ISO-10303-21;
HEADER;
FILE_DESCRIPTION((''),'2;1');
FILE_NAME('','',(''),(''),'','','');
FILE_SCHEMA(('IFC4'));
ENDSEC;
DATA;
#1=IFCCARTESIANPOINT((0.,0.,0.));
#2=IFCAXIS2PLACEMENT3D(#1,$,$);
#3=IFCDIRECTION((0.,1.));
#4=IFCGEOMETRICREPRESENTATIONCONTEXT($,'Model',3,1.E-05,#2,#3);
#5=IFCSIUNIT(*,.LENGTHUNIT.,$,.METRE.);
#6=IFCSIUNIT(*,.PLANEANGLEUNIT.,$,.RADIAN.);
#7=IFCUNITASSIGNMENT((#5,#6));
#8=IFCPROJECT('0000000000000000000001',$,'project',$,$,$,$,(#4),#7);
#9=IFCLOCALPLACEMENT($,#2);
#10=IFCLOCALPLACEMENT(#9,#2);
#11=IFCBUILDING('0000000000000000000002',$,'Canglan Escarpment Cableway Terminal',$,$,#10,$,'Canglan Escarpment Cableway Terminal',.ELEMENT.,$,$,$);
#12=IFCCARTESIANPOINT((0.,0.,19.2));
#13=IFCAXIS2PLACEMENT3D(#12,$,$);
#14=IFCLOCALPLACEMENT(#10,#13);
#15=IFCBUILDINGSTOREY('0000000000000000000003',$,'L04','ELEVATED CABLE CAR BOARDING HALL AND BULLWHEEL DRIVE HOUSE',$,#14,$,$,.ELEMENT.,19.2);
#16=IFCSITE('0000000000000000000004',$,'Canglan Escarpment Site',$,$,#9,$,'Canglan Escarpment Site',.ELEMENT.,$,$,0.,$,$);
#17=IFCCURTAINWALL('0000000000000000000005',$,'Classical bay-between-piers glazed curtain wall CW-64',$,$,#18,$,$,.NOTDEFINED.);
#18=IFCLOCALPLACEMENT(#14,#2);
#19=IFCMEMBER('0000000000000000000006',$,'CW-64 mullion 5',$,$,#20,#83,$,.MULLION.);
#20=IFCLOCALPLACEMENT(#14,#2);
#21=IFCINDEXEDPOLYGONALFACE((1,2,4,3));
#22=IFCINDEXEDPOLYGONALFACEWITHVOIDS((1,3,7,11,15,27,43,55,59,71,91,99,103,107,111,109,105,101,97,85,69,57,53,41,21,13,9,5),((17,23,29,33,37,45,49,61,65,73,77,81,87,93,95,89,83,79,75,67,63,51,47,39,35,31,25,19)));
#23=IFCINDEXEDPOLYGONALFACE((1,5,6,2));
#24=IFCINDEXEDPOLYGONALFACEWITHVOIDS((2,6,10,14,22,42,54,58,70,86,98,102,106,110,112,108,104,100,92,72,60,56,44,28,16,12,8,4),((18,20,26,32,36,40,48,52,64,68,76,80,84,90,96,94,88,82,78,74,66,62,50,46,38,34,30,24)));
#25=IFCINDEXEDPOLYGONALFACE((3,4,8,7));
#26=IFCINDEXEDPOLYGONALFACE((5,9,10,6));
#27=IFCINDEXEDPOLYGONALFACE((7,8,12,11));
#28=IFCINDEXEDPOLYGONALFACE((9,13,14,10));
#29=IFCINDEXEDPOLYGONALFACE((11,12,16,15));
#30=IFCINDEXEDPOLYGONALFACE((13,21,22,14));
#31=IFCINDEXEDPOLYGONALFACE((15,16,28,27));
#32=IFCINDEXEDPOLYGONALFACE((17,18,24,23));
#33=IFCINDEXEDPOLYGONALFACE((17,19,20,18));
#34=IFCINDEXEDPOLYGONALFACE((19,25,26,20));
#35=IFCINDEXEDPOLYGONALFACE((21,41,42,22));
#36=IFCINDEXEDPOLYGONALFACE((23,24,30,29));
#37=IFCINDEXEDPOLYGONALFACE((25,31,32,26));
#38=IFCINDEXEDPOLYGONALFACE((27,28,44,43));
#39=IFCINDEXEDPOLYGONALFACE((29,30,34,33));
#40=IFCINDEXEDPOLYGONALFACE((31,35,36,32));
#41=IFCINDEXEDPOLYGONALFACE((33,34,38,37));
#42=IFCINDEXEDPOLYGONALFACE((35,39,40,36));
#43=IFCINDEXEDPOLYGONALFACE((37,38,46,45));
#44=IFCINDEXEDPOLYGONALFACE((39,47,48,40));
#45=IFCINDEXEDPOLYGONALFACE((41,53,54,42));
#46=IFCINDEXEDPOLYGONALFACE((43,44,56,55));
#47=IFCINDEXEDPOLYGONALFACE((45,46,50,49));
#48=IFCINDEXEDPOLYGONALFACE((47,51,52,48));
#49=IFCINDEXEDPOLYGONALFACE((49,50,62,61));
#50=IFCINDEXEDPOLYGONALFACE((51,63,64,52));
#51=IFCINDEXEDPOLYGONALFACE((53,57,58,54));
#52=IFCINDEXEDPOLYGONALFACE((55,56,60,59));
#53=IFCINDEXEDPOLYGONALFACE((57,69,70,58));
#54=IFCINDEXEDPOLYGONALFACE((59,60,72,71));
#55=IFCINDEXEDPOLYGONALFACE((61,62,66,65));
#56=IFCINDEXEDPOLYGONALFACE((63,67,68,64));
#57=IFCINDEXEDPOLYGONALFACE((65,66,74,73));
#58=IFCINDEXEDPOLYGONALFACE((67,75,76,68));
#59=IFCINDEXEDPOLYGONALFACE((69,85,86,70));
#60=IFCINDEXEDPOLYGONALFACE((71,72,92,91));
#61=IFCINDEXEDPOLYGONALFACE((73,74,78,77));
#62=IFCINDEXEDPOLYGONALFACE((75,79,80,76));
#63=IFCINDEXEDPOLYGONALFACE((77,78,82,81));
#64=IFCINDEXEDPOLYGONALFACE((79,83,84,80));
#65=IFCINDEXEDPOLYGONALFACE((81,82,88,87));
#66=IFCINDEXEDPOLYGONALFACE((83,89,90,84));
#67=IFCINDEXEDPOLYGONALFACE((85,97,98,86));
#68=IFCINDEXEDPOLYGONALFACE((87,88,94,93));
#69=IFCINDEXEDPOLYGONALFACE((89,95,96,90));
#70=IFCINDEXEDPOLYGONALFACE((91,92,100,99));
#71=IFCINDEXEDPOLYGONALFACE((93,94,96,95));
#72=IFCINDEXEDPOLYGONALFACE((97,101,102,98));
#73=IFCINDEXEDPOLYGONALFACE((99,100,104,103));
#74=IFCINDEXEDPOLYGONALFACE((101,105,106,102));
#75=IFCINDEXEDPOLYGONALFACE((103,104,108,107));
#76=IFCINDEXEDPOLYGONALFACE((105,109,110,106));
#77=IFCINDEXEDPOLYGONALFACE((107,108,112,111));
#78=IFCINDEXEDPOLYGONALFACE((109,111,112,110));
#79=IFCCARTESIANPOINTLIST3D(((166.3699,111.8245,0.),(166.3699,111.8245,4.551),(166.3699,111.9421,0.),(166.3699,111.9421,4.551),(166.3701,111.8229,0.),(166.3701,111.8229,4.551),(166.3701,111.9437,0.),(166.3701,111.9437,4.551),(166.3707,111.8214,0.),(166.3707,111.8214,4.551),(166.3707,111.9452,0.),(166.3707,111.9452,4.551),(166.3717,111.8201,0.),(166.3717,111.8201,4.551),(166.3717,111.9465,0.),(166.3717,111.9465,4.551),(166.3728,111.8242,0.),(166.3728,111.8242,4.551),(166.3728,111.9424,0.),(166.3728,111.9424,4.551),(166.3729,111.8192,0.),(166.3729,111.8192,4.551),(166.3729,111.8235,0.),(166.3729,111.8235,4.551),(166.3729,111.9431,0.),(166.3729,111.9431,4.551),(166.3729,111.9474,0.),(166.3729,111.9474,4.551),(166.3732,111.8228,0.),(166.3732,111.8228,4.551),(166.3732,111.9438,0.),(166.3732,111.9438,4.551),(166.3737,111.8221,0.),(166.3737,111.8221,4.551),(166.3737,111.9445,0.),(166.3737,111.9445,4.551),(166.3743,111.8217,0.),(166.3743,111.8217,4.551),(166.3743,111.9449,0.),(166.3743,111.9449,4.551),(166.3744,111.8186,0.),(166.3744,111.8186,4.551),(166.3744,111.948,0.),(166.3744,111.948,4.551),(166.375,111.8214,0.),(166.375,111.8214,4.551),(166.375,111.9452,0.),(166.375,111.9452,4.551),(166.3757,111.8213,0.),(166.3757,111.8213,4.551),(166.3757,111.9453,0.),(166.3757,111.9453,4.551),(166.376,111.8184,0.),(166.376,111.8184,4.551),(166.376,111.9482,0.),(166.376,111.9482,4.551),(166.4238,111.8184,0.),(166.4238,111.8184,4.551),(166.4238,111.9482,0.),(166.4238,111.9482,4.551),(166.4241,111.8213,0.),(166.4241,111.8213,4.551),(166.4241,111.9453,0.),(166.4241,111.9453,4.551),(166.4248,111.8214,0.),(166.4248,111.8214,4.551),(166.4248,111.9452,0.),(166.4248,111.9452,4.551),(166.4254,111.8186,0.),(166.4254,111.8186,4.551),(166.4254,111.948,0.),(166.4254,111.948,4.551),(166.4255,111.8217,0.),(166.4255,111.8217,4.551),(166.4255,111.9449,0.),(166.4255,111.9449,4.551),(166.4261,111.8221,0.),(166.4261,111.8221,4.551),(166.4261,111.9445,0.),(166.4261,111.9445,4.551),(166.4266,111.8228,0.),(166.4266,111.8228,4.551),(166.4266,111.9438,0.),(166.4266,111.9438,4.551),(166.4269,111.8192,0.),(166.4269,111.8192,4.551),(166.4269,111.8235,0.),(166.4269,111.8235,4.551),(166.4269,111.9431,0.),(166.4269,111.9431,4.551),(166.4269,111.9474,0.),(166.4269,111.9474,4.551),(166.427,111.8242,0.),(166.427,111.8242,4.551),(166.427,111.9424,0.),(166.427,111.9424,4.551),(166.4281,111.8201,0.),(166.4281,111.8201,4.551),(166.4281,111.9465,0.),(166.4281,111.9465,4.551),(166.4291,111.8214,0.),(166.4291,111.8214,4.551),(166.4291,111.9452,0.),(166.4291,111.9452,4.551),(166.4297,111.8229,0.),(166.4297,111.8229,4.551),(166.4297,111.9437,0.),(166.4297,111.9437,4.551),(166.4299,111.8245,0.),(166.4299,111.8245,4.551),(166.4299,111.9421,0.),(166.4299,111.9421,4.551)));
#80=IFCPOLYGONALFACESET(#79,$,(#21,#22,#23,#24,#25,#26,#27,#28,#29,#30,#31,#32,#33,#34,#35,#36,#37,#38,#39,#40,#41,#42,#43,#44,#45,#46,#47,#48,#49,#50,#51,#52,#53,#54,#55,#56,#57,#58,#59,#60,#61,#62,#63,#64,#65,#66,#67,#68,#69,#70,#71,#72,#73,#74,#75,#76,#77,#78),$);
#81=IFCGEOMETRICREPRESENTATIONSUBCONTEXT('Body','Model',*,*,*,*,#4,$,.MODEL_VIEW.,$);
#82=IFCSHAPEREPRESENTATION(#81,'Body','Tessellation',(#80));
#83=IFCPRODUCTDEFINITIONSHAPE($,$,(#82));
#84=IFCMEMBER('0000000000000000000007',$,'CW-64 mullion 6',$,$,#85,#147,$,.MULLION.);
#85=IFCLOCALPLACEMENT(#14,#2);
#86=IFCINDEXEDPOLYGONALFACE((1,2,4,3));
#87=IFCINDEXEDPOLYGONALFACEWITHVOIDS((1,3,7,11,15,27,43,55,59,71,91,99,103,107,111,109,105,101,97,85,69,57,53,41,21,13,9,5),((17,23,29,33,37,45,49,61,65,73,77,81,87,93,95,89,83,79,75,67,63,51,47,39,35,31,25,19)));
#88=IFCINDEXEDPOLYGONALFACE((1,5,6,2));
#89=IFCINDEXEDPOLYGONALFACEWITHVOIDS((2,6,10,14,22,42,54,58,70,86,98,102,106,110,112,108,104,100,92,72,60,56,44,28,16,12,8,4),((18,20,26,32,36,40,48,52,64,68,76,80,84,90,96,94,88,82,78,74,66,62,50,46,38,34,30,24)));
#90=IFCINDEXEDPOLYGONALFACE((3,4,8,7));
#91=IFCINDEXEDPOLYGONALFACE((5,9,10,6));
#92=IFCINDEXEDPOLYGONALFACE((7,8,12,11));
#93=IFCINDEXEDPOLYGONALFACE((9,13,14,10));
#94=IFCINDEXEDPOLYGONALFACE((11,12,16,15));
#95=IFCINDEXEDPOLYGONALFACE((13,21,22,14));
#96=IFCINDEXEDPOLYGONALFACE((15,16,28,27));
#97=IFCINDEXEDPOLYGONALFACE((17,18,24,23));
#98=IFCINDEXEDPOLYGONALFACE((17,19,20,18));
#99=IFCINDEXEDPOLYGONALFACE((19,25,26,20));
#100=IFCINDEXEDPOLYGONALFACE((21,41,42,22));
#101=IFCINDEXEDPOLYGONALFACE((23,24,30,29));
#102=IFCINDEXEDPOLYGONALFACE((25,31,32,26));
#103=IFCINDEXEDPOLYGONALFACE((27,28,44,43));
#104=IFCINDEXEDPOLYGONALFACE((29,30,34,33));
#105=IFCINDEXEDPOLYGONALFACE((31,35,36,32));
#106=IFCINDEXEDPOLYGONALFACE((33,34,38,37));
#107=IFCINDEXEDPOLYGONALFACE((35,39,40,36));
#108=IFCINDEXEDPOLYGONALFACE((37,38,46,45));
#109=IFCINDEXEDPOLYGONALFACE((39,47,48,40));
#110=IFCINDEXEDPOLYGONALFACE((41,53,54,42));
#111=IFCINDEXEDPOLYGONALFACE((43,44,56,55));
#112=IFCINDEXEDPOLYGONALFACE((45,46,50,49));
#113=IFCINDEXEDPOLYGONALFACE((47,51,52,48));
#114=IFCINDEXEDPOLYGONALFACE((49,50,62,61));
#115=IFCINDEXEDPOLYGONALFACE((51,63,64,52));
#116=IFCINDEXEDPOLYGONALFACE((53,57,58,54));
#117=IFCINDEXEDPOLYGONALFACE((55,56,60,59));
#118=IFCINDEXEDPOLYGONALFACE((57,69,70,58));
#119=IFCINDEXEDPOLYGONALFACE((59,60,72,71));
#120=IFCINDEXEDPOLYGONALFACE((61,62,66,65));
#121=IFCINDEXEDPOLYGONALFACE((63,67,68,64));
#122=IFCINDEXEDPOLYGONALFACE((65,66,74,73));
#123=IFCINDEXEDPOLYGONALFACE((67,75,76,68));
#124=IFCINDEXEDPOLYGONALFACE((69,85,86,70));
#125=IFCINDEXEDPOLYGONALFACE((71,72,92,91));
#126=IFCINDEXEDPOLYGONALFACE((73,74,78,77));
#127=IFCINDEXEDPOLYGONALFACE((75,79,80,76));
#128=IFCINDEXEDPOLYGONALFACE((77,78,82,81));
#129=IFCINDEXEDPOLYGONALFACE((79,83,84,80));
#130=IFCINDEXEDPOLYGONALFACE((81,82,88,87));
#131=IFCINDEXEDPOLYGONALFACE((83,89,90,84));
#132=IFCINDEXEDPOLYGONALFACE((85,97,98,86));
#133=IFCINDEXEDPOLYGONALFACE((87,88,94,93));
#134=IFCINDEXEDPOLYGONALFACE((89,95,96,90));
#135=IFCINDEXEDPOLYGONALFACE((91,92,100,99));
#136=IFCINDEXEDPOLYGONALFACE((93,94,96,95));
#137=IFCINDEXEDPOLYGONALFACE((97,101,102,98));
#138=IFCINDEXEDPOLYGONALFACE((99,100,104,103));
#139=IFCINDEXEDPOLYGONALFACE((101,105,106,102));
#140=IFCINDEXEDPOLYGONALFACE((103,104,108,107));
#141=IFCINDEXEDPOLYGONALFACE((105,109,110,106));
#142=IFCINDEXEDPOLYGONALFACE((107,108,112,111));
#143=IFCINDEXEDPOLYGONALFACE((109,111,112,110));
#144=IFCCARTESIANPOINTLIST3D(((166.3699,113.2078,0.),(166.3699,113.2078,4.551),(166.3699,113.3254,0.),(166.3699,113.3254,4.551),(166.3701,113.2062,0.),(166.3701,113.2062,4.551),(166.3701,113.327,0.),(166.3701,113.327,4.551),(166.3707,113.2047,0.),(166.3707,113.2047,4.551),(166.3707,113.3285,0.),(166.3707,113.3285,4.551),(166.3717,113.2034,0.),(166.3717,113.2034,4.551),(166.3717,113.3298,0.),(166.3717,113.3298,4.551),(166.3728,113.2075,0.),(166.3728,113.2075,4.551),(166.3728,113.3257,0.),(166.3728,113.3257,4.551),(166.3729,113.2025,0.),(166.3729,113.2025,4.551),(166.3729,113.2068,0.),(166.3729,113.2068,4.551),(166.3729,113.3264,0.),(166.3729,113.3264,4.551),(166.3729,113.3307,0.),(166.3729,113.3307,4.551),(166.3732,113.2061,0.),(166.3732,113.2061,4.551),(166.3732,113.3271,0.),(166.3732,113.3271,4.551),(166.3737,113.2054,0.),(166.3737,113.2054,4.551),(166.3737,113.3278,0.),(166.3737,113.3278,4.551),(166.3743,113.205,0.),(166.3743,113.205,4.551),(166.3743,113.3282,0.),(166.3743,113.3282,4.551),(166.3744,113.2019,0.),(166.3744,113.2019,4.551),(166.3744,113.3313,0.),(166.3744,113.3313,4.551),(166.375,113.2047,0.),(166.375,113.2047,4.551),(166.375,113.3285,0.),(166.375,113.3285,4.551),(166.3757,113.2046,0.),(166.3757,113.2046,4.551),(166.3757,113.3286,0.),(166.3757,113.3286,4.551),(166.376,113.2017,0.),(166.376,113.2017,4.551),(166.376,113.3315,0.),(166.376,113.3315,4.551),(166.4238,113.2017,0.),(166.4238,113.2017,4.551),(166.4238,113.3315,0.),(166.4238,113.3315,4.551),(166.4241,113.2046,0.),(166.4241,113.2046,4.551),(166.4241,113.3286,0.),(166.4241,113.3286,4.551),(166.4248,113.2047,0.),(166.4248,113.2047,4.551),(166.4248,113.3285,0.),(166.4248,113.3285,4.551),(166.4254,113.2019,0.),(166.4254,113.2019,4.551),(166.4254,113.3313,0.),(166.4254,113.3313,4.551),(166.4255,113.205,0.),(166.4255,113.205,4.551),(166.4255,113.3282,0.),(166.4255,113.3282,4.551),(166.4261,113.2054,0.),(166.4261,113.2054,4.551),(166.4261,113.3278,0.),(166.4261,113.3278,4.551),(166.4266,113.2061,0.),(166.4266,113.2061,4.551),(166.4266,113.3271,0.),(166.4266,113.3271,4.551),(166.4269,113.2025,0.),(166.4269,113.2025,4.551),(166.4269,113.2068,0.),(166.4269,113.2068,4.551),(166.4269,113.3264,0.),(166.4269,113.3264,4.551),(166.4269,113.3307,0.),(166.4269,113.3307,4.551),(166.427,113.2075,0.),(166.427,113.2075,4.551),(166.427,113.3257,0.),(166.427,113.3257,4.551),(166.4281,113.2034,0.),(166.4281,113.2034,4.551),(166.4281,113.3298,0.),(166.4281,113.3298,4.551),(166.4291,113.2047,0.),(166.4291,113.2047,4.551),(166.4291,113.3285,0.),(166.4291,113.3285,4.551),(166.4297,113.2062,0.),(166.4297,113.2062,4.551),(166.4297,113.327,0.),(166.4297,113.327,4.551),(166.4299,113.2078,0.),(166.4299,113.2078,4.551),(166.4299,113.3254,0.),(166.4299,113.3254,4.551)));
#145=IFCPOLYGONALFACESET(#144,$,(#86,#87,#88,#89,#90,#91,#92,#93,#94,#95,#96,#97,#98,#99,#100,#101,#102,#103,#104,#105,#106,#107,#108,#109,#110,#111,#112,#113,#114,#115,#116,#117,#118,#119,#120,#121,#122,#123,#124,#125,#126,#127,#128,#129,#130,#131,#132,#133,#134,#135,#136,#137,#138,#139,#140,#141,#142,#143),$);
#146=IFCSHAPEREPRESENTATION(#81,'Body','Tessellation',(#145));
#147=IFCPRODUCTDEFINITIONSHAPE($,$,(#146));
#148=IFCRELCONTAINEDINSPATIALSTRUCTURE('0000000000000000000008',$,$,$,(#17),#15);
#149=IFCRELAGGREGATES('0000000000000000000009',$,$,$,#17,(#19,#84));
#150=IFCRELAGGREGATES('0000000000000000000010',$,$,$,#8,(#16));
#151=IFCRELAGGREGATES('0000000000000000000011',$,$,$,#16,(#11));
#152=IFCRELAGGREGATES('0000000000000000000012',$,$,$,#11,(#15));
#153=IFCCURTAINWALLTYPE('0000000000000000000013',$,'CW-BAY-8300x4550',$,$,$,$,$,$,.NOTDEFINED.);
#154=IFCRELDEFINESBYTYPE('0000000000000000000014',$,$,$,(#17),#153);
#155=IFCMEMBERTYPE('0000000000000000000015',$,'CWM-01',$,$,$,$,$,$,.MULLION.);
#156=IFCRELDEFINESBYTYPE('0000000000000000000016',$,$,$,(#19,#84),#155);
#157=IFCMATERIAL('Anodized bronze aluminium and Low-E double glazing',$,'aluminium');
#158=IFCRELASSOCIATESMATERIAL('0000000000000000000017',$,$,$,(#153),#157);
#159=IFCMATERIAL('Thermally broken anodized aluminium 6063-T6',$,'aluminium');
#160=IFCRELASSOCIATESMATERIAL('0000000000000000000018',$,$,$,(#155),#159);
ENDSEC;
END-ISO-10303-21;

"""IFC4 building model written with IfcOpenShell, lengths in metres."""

from ifc_helpers import new_model, si_unit, direction, frame, origin, origin_2d, place, context, subcontext, project, spatial, hollow_rectangle, extrude, material, material_profile, profile_set, type_object, element, aggregate, save


model = new_model("IFC4")

# Units and contexts
model_context = context("Model", 3, precision=1e-05, world=origin(), true_north=direction((0.0, 1.0)))
body_context = subcontext(model_context, "Body", "Model", "MODEL_VIEW")
ifc_project = project(units=[si_unit("LENGTHUNIT", "METRE"), si_unit("PLANEANGLEUNIT", "RADIAN")], contexts=[model_context])

# Site, building, storey
site_placement = place(None, origin())
site = spatial("IfcSite", under=ifc_project, at=site_placement, Name="Canglan Escarpment Site", LongName="Canglan Escarpment Site", CompositionType="ELEMENT", RefElevation=0.0)
building_placement = place(site_placement, origin())
building = spatial("IfcBuilding", under=site, at=building_placement, Name="Canglan Escarpment Cableway Terminal", LongName="Canglan Escarpment Cableway Terminal", CompositionType="ELEMENT")
storey_placement = place(building_placement, frame((0.0, 0.0, 19.2)))
storey = spatial("IfcBuildingStorey", under=building, at=storey_placement, Name="L04", Description="ELEVATED CABLE CAR BOARDING HALL AND BULLWHEEL DRIVE HOUSE", CompositionType="ELEMENT", Elevation=19.2)

# Curtain wall, members
ifc_material_1 = material(Name="Anodized bronze aluminium and Low-E double glazing", Category="aluminium")
curtain_wall_type = type_object("IfcCurtainWallType", Name="CW-BAY-8300x4550", PredefinedType="NOTDEFINED", material=ifc_material_1)
curtain_wall_1_placement = place(storey_placement, origin())
curtain_wall_1 = element("IfcCurtainWall", 1, at=curtain_wall_1_placement, inside=storey, type_object=curtain_wall_type, Name="Classical bay-between-piers glazed curtain wall CW-64", PredefinedType="NOTDEFINED")
ifc_material_2 = material(Name="Thermally broken anodized aluminium 6063-T6", Category="aluminium")
ifc_material_profile_1 = material_profile(ifc_material_2, hollow_rectangle(XDim=0.0601, YDim=0.1299, WallThickness=0.0029, InnerFilletRadius=0.0029, OuterFilletRadius=0.0061, at=origin_2d()), Name="ALU-MULL 60x130x3")
ifc_profile_set_1 = profile_set([ifc_material_profile_1], Name="Thermally broken anodized aluminium 6063-T6")
member_type_1 = type_object("IfcMemberType", Name="CWM-01", PredefinedType="MULLION", material=ifc_profile_set_1)
member_1_placement = place(storey_placement, frame((166.3999, 111.8833, 0.0), z_axis=(0.0, 0.0, 1.0), x_axis=(-1.0, 0.0, 0.0)))
member_1 = element("IfcMember", 2, at=member_1_placement, type_object=member_type_1, Name="CW-64 mullion 5", PredefinedType="MULLION", context=body_context, shape_type="SweptSolid", body=[
    extrude(hollow_rectangle(XDim=0.0601, YDim=0.1299, WallThickness=0.0029, InnerFilletRadius=0.0029, OuterFilletRadius=0.0061, at=origin_2d()), origin(), (0.0, 0.0, 1.0), 4.551),
])
member_2_placement = place(storey_placement, frame((166.3999, 113.2666, 0.0), z_axis=(0.0, 0.0, 1.0), x_axis=(-1.0, 0.0, 0.0)))
member_2 = element("IfcMember", 3, at=member_2_placement, type_object=member_type_1, Name="CW-64 mullion 6", PredefinedType="MULLION", context=body_context, shape_type="SweptSolid", body=[
    extrude(hollow_rectangle(XDim=0.0601, YDim=0.1299, WallThickness=0.0029, InnerFilletRadius=0.0029, OuterFilletRadius=0.0061, at=origin_2d()), origin(), (0.0, 0.0, 1.0), 4.551),
])

aggregate(curtain_wall_1, [member_1, member_2])

save(model, "model.ifc")
